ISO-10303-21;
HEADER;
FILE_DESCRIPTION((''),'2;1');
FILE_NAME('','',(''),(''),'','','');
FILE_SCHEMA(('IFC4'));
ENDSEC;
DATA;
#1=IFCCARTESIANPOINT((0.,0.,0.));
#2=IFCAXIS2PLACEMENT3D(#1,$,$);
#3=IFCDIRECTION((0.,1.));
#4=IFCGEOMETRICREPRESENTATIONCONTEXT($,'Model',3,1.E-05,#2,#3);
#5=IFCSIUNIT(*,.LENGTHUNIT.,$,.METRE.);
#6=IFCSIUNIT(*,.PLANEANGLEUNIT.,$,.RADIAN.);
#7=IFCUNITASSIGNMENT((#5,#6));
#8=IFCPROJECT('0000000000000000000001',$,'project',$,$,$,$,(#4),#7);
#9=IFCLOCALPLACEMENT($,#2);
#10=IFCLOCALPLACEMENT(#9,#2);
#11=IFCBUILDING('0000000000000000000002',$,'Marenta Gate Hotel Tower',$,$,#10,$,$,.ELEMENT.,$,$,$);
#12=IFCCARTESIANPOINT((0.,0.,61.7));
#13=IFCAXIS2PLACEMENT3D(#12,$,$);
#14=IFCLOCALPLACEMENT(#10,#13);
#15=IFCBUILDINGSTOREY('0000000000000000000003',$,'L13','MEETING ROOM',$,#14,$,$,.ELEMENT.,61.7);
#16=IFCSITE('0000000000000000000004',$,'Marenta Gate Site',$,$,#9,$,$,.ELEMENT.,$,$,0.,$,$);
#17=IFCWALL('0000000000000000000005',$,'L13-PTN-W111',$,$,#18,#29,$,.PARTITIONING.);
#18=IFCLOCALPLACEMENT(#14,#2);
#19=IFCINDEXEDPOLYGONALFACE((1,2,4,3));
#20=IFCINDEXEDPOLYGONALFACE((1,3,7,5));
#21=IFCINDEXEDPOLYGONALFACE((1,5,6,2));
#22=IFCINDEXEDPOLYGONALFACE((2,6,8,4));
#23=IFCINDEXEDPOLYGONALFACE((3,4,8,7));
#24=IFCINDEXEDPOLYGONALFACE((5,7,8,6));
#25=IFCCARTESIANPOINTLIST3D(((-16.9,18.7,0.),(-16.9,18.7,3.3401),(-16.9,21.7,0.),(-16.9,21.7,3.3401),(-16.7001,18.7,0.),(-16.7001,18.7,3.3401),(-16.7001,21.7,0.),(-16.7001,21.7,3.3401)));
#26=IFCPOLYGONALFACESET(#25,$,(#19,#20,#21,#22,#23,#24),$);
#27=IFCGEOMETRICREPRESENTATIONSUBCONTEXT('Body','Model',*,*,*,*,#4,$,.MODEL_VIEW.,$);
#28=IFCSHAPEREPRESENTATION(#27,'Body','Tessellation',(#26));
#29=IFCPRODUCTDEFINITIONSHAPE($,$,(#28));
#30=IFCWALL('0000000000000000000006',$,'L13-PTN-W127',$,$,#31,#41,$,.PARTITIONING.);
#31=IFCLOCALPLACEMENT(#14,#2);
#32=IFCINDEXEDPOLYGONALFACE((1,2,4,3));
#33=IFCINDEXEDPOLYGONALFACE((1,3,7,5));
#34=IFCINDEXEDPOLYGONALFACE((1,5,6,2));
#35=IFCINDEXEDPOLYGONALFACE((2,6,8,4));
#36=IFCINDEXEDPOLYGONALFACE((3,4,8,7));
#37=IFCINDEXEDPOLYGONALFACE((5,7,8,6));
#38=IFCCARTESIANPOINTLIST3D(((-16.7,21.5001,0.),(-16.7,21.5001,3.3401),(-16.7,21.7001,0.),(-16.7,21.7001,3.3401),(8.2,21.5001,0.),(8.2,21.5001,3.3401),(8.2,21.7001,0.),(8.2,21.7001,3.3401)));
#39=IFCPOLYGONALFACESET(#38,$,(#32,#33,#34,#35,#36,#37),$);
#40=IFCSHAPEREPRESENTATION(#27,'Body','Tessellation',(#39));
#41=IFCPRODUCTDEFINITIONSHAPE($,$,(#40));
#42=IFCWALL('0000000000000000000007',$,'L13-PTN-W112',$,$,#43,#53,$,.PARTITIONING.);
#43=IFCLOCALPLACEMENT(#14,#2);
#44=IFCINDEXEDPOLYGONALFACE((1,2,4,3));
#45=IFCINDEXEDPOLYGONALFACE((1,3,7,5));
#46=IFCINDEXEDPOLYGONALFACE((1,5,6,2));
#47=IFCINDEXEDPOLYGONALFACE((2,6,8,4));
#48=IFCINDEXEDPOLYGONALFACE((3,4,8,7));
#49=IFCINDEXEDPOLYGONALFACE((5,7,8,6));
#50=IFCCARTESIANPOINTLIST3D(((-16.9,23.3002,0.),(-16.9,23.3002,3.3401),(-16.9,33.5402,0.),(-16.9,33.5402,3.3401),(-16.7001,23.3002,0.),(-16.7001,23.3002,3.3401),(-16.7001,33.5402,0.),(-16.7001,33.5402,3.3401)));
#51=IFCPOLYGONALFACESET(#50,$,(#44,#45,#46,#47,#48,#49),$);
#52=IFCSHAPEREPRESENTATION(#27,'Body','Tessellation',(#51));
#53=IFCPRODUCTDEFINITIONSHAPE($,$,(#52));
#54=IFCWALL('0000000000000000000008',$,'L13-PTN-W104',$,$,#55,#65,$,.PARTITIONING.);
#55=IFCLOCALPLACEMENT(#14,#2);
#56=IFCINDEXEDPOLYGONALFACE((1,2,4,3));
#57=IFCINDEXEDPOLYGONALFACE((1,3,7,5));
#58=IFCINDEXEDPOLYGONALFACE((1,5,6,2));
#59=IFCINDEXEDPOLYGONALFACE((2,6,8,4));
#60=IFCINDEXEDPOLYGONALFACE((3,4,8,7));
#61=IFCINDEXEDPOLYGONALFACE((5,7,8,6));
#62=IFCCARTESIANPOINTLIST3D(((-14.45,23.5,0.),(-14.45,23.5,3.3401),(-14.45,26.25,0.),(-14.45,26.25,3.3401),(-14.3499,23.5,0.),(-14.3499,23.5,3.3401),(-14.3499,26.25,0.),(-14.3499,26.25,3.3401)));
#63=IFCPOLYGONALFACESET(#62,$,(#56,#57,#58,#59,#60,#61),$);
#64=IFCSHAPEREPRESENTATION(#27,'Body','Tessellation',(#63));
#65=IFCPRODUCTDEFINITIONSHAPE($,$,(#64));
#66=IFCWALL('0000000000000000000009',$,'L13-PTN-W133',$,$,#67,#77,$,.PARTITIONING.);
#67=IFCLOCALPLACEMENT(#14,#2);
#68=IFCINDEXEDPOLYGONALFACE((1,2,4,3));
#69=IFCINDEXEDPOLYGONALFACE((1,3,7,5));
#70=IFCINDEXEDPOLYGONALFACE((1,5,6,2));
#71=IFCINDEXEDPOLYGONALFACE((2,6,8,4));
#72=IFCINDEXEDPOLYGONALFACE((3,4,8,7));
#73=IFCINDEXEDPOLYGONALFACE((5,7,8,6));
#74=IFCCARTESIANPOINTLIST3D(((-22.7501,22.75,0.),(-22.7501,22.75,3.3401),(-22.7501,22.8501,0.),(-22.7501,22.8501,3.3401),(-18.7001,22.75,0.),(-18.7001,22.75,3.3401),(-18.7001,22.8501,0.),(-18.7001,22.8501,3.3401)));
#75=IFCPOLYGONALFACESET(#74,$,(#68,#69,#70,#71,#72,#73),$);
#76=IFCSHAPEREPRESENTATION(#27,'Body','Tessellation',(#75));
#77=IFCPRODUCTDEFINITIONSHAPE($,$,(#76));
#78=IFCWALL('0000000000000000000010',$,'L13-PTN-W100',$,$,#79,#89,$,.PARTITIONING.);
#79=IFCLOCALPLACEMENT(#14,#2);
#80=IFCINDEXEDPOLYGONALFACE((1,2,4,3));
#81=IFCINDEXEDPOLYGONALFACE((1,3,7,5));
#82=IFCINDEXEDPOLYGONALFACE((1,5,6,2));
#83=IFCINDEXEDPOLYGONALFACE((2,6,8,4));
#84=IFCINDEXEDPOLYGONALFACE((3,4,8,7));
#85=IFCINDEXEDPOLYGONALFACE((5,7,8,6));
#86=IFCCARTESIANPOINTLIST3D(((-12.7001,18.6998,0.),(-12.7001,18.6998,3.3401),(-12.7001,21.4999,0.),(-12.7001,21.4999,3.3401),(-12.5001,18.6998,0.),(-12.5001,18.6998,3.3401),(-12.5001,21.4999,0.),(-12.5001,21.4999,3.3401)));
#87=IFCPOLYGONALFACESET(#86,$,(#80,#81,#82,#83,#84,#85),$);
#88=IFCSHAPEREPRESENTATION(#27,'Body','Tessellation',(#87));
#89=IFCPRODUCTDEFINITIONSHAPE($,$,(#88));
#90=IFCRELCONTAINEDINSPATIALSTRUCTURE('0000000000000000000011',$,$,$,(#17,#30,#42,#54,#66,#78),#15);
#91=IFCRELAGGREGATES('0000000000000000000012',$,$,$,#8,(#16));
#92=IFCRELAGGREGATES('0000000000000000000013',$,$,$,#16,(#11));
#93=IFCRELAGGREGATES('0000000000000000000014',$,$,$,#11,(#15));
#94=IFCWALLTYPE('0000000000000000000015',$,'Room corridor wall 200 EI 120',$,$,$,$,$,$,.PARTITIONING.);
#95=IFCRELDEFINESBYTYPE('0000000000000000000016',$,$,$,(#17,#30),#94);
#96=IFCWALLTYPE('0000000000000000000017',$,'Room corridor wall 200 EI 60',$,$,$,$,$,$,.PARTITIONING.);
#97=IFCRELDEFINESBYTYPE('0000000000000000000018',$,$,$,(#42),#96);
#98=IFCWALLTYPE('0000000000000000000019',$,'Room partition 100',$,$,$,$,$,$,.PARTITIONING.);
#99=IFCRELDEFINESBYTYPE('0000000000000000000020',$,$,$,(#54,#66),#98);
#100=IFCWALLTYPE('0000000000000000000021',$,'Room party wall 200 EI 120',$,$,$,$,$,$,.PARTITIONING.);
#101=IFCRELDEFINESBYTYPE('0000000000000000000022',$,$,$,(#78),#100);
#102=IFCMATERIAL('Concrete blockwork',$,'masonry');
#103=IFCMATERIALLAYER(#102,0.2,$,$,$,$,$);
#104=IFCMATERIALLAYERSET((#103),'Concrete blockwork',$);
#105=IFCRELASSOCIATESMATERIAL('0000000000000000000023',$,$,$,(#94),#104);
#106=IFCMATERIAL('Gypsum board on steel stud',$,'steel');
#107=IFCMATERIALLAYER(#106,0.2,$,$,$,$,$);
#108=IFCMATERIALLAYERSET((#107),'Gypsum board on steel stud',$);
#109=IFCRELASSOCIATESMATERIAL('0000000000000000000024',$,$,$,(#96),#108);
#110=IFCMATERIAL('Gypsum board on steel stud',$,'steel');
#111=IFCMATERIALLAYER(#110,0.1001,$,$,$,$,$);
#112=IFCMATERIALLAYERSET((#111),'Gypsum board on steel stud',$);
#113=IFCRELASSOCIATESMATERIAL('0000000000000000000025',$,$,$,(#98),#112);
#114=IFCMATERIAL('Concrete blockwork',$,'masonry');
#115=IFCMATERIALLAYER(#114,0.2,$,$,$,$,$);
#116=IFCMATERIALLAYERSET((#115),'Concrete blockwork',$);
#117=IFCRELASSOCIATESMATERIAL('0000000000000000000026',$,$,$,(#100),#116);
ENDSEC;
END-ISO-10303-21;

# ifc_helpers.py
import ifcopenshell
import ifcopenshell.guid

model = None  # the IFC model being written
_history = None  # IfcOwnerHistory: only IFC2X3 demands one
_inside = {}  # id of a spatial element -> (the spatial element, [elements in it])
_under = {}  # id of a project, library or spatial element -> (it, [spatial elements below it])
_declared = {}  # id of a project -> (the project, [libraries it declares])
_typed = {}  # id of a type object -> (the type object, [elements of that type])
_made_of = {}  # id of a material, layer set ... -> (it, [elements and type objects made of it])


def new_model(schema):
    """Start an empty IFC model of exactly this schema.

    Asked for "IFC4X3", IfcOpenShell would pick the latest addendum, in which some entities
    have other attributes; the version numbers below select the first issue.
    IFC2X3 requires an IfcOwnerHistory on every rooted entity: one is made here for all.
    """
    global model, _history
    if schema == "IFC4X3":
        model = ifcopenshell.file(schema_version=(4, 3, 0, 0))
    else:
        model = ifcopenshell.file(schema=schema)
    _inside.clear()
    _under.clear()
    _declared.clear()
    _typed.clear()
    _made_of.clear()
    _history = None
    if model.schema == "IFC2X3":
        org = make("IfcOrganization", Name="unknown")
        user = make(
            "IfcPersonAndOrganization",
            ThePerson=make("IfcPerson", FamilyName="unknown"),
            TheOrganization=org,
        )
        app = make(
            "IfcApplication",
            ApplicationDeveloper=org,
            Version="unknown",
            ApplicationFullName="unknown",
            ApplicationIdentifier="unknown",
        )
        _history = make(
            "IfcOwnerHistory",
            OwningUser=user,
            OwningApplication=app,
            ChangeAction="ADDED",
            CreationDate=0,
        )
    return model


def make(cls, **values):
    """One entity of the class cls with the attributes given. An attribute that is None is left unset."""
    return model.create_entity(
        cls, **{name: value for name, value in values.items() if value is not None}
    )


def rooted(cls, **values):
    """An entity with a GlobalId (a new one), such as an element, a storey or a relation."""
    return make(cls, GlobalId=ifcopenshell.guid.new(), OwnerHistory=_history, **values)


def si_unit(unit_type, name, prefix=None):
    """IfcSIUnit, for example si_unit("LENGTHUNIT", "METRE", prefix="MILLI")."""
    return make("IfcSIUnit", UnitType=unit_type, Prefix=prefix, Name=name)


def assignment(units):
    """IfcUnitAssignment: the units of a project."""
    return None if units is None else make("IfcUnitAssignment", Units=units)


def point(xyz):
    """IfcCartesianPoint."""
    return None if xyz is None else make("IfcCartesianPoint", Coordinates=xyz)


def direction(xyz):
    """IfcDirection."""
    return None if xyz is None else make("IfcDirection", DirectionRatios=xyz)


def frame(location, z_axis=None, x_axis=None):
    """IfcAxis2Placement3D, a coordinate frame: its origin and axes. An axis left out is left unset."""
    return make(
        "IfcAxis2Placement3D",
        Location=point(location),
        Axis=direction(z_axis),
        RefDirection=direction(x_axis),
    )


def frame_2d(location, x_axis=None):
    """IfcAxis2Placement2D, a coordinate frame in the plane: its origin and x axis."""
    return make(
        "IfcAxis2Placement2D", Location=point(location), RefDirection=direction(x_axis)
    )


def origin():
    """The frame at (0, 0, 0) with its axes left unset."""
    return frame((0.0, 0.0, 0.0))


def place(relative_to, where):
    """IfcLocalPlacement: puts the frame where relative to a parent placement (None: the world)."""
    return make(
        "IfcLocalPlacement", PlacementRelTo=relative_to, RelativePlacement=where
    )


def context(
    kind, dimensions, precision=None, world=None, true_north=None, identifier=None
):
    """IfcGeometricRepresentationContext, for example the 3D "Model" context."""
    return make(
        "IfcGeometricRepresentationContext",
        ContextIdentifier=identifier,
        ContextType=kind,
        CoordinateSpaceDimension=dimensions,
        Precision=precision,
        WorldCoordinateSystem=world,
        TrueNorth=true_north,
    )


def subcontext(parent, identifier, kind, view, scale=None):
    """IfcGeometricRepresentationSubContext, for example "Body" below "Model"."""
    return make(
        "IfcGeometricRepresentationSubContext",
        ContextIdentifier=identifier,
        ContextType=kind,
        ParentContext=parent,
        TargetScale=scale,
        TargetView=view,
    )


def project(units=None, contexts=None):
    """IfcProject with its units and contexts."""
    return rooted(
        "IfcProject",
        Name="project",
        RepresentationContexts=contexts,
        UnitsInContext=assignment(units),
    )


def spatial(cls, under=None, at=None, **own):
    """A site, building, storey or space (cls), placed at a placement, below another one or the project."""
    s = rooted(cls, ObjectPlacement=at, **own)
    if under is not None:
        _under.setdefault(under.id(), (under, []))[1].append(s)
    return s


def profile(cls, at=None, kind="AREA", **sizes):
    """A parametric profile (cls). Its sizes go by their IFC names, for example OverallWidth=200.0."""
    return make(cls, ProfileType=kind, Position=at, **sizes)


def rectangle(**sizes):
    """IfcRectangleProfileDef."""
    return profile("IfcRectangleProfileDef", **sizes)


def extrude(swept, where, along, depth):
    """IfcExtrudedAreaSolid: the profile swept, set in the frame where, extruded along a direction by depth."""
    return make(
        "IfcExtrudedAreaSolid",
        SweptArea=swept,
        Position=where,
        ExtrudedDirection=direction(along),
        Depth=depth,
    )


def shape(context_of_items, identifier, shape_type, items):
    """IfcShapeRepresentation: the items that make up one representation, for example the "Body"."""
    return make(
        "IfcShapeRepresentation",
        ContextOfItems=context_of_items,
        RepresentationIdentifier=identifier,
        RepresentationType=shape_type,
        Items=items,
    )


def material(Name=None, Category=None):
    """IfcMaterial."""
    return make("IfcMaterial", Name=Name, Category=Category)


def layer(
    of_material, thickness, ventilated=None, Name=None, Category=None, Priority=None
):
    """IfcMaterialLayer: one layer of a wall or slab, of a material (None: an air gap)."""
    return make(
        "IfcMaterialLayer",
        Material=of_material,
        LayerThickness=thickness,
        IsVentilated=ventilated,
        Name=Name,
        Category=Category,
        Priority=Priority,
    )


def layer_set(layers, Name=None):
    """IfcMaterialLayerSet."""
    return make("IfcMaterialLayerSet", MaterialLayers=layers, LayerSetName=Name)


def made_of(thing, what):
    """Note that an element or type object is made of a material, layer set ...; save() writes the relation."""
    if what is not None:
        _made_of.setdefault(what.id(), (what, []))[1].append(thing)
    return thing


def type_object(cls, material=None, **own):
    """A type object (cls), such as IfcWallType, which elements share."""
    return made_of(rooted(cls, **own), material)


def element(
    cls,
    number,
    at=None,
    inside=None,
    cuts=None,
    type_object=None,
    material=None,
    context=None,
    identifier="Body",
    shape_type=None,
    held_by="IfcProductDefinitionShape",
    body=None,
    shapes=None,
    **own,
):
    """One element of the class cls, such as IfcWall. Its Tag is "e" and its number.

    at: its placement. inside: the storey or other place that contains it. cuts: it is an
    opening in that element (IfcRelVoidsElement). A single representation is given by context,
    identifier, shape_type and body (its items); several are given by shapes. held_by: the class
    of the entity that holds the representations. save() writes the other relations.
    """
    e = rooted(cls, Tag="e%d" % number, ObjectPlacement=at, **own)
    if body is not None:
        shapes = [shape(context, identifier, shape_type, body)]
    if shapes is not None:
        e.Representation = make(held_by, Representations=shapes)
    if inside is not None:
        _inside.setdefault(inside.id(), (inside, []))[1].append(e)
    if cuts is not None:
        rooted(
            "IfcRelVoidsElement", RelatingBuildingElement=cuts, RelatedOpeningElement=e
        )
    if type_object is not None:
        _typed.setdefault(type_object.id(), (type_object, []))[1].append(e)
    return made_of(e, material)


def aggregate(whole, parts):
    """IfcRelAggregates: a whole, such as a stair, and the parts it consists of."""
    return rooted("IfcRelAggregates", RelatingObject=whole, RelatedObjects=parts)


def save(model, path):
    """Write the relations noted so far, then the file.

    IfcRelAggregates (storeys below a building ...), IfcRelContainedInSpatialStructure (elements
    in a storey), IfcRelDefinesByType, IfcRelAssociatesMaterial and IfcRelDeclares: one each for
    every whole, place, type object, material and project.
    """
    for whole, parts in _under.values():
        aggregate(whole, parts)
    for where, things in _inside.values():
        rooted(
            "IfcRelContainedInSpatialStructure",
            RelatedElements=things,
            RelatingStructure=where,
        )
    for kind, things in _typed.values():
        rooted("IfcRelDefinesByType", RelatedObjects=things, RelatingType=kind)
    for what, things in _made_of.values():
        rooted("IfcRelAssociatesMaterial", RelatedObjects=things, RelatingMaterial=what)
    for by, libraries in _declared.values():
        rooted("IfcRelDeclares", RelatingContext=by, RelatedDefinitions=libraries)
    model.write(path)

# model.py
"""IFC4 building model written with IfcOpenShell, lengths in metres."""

from ifc_helpers import new_model, si_unit, direction, frame, frame_2d, origin, place, context, subcontext, project, spatial, rectangle, extrude, material, layer, layer_set, type_object, element, save


model = new_model("IFC4")

# Units and contexts
model_context = context("Model", 3, precision=1e-05, world=origin(), true_north=direction((0.0, 1.0)))
body_context = subcontext(model_context, "Body", "Model", "MODEL_VIEW")
ifc_project = project(units=[si_unit("LENGTHUNIT", "METRE"), si_unit("PLANEANGLEUNIT", "RADIAN")], contexts=[model_context])

# Site, building, storey
site_placement = place(None, origin())
site = spatial("IfcSite", under=ifc_project, at=site_placement, Name="Marenta Gate Site", CompositionType="ELEMENT", RefElevation=0.0)
building_placement = place(site_placement, origin())
building = spatial("IfcBuilding", under=site, at=building_placement, Name="Marenta Gate Hotel Tower", CompositionType="ELEMENT")
storey_placement = place(building_placement, frame((0.0, 0.0, 61.7)))
storey = spatial("IfcBuildingStorey", under=building, at=storey_placement, Name="L13", Description="MEETING ROOM", CompositionType="ELEMENT", Elevation=61.7)

# Wall
ifc_material_1 = material(Name="Concrete blockwork", Category="masonry")
ifc_layer_1 = layer(ifc_material_1, 0.2)
ifc_layer_set_1 = layer_set([ifc_layer_1], Name="Concrete blockwork")
wall_type_1 = type_object("IfcWallType", Name="Room corridor wall 200 EI 120", PredefinedType="PARTITIONING", material=ifc_layer_set_1)
wall_1_placement = place(storey_placement, frame((-16.8, 18.7, 0.0), z_axis=(0.0, 0.0, 1.0), x_axis=(0.0, 1.0, 0.0)))
element("IfcWall", 1, at=wall_1_placement, inside=storey, type_object=wall_type_1, Name="L13-PTN-W111", PredefinedType="PARTITIONING", context=body_context, shape_type="SweptSolid", body=[
    extrude(rectangle(XDim=3.0, YDim=0.2, at=frame_2d((1.5, 0.0))), origin(), (0.0, 0.0, 1.0), 3.3401),
])

# Walls
wall_2_placement = place(storey_placement, frame((-16.7, 21.6001, 0.0), z_axis=(0.0, 0.0, 1.0), x_axis=(1.0, 0.0, 0.0)))
element("IfcWall", 2, at=wall_2_placement, inside=storey, type_object=wall_type_1, Name="L13-PTN-W127", PredefinedType="PARTITIONING", context=body_context, shape_type="SweptSolid", body=[
    extrude(rectangle(XDim=24.8999, YDim=0.2, at=frame_2d((12.45, 0.0))), origin(), (0.0, 0.0, 1.0), 3.3401),
])
ifc_material_2 = material(Name="Gypsum board on steel stud", Category="steel")
ifc_layer_2 = layer(ifc_material_2, 0.2)
ifc_layer_set_2 = layer_set([ifc_layer_2], Name="Gypsum board on steel stud")
wall_type_2 = type_object("IfcWallType", Name="Room corridor wall 200 EI 60", PredefinedType="PARTITIONING", material=ifc_layer_set_2)
wall_3_placement = place(storey_placement, frame((-16.8, 23.3, 0.0), z_axis=(0.0, 0.0, 1.0), x_axis=(0.0, 1.0, 0.0)))
element("IfcWall", 3, at=wall_3_placement, inside=storey, type_object=wall_type_2, Name="L13-PTN-W112", PredefinedType="PARTITIONING", context=body_context, shape_type="SweptSolid", body=[
    extrude(rectangle(XDim=10.24, YDim=0.2, at=frame_2d((5.1201, 0.0))), origin(), (0.0, 0.0, 1.0), 3.3401),
])

# Walls
ifc_material_3 = material(Name="Gypsum board on steel stud", Category="steel")
ifc_layer_3 = layer(ifc_material_3, 0.1001)
ifc_layer_set_3 = layer_set([ifc_layer_3], Name="Gypsum board on steel stud")
wall_type_3 = type_object("IfcWallType", Name="Room partition 100", PredefinedType="PARTITIONING", material=ifc_layer_set_3)
wall_4_placement = place(storey_placement, frame((-14.3999, 23.5, 0.0), z_axis=(0.0, 0.0, 1.0), x_axis=(0.0, 1.0, 0.0)))
element("IfcWall", 4, at=wall_4_placement, inside=storey, type_object=wall_type_3, Name="L13-PTN-W104", PredefinedType="PARTITIONING", context=body_context, shape_type="SweptSolid", body=[
    extrude(rectangle(XDim=2.75, YDim=0.1001, at=frame_2d((1.375, 0.0))), origin(), (0.0, 0.0, 1.0), 3.3401),
])
wall_5_placement = place(storey_placement, frame((-22.75, 22.8, 0.0), z_axis=(0.0, 0.0, 1.0), x_axis=(1.0, 0.0, 0.0)))
element("IfcWall", 5, at=wall_5_placement, inside=storey, type_object=wall_type_3, Name="L13-PTN-W133", PredefinedType="PARTITIONING", context=body_context, shape_type="SweptSolid", body=[
    extrude(rectangle(XDim=4.05, YDim=0.1001, at=frame_2d((2.0249, 0.0))), origin(), (0.0, 0.0, 1.0), 3.3401),
])
ifc_material_4 = material(Name="Concrete blockwork", Category="masonry")
ifc_layer_4 = layer(ifc_material_4, 0.2)
ifc_layer_set_4 = layer_set([ifc_layer_4], Name="Concrete blockwork")
wall_type_4 = type_object("IfcWallType", Name="Room party wall 200 EI 120", PredefinedType="PARTITIONING", material=ifc_layer_set_4)
wall_6_placement = place(storey_placement, frame((-12.6001, 18.7, 0.0), z_axis=(0.0, 0.0, 1.0), x_axis=(0.0, 1.0, 0.0)))
element("IfcWall", 6, at=wall_6_placement, inside=storey, type_object=wall_type_4, Name="L13-PTN-W100", PredefinedType="PARTITIONING", context=body_context, shape_type="SweptSolid", body=[
    extrude(rectangle(XDim=2.8, YDim=0.2, at=frame_2d((1.3999, 0.0))), origin(), (0.0, 0.0, 1.0), 3.3401),
])

save(model, "model.ifc")
